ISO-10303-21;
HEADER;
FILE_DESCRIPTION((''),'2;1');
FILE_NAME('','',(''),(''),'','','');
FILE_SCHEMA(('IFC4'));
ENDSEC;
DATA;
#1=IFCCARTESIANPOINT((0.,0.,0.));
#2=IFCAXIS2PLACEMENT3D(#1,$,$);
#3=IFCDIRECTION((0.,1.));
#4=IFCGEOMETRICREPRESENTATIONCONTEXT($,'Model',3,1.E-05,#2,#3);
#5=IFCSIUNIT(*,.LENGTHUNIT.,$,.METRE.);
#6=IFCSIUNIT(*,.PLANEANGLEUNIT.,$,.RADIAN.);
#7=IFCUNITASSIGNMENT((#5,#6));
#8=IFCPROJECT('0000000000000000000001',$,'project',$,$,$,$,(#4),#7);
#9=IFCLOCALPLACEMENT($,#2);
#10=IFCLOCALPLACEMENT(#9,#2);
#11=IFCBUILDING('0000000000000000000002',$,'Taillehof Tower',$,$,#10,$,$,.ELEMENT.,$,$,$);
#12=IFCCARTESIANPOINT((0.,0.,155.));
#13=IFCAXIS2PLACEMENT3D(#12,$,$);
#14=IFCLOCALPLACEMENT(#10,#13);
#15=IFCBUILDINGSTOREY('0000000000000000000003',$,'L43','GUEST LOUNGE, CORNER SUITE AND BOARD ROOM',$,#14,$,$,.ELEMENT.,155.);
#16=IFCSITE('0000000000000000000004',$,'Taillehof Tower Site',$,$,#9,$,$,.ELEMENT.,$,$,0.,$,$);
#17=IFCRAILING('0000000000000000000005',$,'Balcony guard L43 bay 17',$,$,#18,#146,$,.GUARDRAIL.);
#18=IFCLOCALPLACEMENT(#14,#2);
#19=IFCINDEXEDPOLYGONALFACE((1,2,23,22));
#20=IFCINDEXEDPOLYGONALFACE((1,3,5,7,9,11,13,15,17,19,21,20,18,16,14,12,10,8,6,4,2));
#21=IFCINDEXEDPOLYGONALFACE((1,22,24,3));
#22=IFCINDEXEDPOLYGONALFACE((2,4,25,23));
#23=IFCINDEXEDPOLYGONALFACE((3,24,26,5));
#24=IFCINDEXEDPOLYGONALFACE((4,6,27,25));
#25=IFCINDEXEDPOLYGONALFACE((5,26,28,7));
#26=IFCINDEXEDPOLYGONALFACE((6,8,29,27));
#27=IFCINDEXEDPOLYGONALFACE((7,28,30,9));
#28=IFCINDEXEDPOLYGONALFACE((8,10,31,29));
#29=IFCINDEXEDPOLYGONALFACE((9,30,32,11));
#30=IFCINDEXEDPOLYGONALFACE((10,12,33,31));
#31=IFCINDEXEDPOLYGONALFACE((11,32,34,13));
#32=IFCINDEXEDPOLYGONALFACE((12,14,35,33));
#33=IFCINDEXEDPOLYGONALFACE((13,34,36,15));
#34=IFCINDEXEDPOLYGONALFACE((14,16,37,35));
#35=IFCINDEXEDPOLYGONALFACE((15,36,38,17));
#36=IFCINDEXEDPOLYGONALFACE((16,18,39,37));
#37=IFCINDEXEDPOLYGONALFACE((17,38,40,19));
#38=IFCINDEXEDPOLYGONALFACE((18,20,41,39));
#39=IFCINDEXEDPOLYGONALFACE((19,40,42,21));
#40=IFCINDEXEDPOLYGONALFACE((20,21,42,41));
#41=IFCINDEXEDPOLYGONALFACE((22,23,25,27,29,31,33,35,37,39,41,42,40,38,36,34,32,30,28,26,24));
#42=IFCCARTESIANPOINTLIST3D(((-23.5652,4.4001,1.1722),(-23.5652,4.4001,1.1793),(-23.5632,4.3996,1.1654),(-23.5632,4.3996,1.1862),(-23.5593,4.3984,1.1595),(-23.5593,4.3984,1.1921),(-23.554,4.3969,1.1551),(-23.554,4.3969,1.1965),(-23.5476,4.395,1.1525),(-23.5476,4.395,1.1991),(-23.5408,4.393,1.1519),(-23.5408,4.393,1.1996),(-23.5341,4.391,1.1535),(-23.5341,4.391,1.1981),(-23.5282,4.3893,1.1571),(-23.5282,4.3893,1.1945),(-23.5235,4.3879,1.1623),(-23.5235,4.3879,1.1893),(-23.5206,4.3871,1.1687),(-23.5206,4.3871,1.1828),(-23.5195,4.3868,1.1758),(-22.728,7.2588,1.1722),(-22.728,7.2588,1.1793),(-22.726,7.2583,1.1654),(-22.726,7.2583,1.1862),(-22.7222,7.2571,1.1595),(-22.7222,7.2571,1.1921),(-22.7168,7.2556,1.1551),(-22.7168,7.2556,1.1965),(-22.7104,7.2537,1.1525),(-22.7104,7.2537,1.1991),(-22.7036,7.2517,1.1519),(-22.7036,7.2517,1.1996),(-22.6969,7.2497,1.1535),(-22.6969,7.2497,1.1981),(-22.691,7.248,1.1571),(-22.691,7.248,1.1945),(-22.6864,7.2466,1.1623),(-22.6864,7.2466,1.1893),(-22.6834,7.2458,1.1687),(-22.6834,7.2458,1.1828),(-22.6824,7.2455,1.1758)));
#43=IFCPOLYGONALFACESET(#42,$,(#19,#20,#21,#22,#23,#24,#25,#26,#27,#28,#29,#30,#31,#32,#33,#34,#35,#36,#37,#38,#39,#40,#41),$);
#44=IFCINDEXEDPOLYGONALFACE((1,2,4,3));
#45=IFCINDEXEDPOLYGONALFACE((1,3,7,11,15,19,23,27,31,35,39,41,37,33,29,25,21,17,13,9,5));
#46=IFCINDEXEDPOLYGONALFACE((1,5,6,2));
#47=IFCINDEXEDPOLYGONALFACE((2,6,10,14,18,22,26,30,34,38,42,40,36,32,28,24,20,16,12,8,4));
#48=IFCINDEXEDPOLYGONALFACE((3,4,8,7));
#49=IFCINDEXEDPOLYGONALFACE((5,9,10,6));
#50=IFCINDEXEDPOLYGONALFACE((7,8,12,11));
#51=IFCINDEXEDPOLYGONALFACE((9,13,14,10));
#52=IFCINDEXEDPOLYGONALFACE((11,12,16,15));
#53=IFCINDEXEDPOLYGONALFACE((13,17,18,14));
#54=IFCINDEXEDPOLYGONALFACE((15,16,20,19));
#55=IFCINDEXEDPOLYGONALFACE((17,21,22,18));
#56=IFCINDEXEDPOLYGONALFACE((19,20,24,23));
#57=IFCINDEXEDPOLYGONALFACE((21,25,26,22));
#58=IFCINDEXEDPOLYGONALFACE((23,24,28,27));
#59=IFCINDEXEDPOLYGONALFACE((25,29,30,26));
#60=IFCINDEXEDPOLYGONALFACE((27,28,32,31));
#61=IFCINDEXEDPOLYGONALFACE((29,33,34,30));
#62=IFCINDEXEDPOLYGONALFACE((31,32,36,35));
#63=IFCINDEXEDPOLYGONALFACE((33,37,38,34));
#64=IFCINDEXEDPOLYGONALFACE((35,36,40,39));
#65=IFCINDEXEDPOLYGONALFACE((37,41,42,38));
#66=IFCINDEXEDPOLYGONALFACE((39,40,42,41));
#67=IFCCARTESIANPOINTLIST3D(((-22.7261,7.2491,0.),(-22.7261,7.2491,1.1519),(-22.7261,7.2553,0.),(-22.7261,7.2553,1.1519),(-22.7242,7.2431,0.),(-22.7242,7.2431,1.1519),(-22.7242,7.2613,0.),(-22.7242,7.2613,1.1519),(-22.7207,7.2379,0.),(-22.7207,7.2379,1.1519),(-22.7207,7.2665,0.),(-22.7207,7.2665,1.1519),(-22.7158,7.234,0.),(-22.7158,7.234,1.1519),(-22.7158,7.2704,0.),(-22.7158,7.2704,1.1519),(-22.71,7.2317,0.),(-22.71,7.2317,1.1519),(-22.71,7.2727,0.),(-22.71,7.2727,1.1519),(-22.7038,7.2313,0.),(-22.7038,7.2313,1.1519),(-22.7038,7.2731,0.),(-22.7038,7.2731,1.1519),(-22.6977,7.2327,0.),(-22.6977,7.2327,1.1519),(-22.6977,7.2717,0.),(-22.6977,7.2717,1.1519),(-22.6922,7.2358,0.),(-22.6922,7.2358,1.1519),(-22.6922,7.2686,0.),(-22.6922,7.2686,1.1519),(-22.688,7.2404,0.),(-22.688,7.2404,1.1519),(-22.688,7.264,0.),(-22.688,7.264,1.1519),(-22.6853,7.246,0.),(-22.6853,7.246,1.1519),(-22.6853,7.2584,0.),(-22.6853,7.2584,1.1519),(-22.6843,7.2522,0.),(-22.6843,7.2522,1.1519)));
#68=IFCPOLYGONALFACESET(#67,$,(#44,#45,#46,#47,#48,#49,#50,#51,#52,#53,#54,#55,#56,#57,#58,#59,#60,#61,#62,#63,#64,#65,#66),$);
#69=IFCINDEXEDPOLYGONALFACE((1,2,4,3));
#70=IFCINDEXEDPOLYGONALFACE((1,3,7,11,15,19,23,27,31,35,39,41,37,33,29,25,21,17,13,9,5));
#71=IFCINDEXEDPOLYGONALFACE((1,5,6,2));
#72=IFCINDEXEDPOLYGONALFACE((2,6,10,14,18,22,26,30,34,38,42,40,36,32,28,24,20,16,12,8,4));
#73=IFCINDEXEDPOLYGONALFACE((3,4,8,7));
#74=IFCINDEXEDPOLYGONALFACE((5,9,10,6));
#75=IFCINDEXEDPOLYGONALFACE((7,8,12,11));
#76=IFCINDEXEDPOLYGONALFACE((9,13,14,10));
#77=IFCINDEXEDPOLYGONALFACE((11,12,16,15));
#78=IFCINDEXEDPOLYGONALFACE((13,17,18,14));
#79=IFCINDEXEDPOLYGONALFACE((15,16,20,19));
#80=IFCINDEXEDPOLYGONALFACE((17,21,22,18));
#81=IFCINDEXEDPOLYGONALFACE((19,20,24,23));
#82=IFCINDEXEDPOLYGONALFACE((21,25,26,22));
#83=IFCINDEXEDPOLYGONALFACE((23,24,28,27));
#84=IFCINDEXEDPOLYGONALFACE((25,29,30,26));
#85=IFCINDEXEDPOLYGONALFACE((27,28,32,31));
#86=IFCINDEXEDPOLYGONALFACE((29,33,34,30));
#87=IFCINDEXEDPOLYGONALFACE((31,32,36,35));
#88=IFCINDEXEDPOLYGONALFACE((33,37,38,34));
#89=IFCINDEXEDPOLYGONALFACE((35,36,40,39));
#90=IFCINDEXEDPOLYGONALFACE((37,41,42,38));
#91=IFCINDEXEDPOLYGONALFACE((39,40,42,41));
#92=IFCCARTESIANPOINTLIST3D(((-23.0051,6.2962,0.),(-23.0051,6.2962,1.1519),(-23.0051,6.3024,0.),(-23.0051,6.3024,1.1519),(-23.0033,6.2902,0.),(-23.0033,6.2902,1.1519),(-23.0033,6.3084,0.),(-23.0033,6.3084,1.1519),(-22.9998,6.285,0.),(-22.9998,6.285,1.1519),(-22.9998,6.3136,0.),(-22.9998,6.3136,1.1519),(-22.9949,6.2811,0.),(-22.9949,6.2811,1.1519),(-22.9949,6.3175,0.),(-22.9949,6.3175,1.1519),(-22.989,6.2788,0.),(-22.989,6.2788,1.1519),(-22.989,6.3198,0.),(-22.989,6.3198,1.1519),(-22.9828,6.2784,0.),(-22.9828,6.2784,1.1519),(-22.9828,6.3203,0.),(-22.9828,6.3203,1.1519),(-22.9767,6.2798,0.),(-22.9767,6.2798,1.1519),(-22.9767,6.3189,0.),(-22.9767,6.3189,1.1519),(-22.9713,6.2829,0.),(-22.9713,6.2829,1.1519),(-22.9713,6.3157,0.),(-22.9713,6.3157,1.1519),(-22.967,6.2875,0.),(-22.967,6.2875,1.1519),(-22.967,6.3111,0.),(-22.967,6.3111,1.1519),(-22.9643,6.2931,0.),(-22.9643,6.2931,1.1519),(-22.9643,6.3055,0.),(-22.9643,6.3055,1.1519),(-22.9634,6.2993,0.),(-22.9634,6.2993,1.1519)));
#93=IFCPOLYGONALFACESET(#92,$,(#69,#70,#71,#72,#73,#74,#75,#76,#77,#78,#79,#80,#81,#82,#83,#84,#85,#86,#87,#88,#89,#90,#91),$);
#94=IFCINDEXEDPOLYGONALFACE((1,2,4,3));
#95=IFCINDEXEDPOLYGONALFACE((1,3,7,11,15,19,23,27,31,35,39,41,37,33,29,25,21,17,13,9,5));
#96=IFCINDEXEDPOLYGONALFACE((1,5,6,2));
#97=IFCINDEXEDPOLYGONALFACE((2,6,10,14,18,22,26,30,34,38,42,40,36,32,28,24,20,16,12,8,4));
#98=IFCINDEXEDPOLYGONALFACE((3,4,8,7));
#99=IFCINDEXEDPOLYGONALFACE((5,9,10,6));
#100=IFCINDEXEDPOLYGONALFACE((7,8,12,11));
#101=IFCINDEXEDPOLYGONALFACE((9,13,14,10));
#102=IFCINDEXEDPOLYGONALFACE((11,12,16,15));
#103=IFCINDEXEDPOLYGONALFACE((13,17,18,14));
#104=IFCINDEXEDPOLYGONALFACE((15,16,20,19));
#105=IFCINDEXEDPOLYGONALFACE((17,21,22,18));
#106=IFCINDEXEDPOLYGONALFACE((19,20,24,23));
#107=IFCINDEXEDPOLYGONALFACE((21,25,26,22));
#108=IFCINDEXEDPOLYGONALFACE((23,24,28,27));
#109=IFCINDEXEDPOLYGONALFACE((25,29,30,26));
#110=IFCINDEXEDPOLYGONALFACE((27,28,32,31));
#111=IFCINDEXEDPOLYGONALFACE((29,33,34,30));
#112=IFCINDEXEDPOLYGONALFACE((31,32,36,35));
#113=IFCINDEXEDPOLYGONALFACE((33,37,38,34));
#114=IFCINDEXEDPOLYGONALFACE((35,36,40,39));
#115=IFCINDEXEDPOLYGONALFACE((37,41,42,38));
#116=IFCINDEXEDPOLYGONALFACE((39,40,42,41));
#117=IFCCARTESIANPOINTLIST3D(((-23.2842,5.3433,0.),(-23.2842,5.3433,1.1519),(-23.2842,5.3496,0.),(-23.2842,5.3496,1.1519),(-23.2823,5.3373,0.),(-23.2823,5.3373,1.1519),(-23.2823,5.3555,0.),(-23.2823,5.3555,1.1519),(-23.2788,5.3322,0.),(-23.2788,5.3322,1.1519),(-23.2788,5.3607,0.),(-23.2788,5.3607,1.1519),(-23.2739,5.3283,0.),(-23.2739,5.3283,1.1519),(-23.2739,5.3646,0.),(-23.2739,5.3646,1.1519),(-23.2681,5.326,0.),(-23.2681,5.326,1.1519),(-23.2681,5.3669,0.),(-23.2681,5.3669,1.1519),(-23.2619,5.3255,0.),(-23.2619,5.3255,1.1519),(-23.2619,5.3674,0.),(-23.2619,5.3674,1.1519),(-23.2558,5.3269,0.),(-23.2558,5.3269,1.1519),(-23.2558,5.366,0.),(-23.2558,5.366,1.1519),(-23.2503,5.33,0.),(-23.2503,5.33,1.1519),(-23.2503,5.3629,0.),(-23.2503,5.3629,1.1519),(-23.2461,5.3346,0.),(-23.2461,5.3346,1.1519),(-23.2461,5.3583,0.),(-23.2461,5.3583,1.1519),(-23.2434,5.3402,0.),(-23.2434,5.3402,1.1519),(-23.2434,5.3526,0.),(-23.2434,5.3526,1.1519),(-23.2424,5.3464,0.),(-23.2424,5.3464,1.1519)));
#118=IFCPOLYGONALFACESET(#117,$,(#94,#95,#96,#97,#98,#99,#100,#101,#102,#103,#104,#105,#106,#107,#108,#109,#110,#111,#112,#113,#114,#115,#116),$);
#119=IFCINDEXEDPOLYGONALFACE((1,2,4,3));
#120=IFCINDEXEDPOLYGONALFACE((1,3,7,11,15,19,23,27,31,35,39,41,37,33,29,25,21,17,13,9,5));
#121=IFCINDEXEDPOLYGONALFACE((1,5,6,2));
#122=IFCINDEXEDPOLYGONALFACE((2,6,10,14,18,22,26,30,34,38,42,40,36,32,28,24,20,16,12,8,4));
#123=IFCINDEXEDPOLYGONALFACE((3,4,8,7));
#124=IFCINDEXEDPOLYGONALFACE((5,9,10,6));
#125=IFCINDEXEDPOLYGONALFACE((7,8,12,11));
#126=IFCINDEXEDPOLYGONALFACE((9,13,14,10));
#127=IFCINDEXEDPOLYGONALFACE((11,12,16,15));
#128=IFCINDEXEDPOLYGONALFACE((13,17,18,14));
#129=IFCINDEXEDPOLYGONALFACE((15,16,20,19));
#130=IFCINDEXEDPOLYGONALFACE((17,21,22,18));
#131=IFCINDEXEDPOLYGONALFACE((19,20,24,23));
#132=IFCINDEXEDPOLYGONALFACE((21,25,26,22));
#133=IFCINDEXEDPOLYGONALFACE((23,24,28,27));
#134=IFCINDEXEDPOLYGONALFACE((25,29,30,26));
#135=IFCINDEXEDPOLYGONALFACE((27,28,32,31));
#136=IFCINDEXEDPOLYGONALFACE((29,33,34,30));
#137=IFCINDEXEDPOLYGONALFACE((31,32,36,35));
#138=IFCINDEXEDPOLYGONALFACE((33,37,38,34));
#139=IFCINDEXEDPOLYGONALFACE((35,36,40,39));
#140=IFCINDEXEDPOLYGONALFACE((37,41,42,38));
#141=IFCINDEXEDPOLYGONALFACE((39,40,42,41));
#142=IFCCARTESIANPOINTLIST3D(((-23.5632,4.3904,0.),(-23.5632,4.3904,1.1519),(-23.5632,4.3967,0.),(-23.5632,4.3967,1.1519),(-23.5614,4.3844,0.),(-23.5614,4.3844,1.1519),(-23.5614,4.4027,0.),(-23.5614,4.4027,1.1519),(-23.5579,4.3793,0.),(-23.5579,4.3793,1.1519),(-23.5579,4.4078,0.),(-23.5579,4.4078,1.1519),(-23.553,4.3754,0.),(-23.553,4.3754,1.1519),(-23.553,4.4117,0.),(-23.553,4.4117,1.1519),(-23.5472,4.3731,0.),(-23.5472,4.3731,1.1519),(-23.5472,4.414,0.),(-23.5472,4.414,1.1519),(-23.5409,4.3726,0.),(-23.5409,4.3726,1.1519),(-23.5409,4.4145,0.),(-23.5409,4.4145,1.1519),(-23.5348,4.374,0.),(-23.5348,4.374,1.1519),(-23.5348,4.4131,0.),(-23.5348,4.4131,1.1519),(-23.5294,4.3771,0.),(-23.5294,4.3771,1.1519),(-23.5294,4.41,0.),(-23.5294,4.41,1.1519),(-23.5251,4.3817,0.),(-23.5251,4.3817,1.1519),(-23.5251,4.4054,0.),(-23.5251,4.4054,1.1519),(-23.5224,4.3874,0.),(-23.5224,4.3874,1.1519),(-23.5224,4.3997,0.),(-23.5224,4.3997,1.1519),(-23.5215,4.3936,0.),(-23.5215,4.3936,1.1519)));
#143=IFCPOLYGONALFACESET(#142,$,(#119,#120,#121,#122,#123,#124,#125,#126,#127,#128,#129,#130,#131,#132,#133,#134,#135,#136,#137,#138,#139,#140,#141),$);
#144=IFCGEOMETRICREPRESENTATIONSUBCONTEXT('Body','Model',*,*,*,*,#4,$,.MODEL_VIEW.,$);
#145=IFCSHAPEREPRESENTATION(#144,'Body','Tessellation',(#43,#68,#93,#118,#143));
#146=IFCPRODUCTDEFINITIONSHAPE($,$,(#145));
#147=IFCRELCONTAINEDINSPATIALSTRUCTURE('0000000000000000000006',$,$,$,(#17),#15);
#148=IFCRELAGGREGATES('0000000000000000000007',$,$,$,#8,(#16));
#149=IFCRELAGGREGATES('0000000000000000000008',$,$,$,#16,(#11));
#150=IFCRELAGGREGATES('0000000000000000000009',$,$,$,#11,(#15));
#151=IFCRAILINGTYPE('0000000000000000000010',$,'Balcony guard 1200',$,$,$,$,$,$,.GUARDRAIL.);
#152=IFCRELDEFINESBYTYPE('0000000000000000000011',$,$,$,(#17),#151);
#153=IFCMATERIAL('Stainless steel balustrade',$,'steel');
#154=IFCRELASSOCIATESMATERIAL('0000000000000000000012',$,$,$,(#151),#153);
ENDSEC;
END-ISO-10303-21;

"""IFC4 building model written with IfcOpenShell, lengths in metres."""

from ifc_helpers import new_model, si_unit, direction, frame, origin, origin_2d, place, context, subcontext, project, spatial, circle, extrude, material, type_object, element, save


model = new_model("IFC4")

# Units and contexts
model_context = context("Model", 3, precision=1e-05, world=origin(), true_north=direction((0.0, 1.0)))
body_context = subcontext(model_context, "Body", "Model", "MODEL_VIEW")
ifc_project = project(units=[si_unit("LENGTHUNIT", "METRE"), si_unit("PLANEANGLEUNIT", "RADIAN")], contexts=[model_context])

# Site, building, storey
site_placement = place(None, origin())
site = spatial("IfcSite", under=ifc_project, at=site_placement, Name="Taillehof Tower Site", CompositionType="ELEMENT", RefElevation=0.0)
building_placement = place(site_placement, origin())
building = spatial("IfcBuilding", under=site, at=building_placement, Name="Taillehof Tower", CompositionType="ELEMENT")
storey_placement = place(building_placement, frame((0.0, 0.0, 155.0)))
storey = spatial("IfcBuildingStorey", under=building, at=storey_placement, Name="L43", Description="GUEST LOUNGE, CORNER SUITE AND BOARD ROOM", CompositionType="ELEMENT", Elevation=155.0)

# Railing
ifc_material_1 = material(Name="Stainless steel balustrade", Category="steel")
railing_type = type_object("IfcRailingType", Name="Balcony guard 1200", PredefinedType="GUARDRAIL", material=ifc_material_1)
railing_placement = place(storey_placement, frame((-22.7053, 7.2522, 0.0)))
element("IfcRailing", 1, at=railing_placement, inside=storey, type_object=railing_type, Name="Balcony guard L43 bay 17", PredefinedType="GUARDRAIL", context=body_context, shape_type="SweptSolid", body=[
    extrude(circle(Radius=0.0239, at=origin_2d()), frame((0.0, 0.0, 1.1758), z_axis=(-0.281048, -0.959694, 0.0), x_axis=(0.959694, -0.281048, 0.0)), (0.0, 0.0, 1.0), 2.9788),
    extrude(circle(Radius=0.021, at=origin_2d()), origin(), (0.0, 0.0, 1.0), 1.1519),
    extrude(circle(Radius=0.021, at=origin_2d()), frame((-0.2791, -0.9529, 0.0)), (0.0, 0.0, 1.0), 1.1519),
    extrude(circle(Radius=0.021, at=origin_2d()), frame((-0.5581, -1.9058, 0.0)), (0.0, 0.0, 1.0), 1.1519),
    extrude(circle(Radius=0.021, at=origin_2d()), frame((-0.8372, -2.8586, 0.0)), (0.0, 0.0, 1.0), 1.1519),
])

save(model, "model.ifc")
